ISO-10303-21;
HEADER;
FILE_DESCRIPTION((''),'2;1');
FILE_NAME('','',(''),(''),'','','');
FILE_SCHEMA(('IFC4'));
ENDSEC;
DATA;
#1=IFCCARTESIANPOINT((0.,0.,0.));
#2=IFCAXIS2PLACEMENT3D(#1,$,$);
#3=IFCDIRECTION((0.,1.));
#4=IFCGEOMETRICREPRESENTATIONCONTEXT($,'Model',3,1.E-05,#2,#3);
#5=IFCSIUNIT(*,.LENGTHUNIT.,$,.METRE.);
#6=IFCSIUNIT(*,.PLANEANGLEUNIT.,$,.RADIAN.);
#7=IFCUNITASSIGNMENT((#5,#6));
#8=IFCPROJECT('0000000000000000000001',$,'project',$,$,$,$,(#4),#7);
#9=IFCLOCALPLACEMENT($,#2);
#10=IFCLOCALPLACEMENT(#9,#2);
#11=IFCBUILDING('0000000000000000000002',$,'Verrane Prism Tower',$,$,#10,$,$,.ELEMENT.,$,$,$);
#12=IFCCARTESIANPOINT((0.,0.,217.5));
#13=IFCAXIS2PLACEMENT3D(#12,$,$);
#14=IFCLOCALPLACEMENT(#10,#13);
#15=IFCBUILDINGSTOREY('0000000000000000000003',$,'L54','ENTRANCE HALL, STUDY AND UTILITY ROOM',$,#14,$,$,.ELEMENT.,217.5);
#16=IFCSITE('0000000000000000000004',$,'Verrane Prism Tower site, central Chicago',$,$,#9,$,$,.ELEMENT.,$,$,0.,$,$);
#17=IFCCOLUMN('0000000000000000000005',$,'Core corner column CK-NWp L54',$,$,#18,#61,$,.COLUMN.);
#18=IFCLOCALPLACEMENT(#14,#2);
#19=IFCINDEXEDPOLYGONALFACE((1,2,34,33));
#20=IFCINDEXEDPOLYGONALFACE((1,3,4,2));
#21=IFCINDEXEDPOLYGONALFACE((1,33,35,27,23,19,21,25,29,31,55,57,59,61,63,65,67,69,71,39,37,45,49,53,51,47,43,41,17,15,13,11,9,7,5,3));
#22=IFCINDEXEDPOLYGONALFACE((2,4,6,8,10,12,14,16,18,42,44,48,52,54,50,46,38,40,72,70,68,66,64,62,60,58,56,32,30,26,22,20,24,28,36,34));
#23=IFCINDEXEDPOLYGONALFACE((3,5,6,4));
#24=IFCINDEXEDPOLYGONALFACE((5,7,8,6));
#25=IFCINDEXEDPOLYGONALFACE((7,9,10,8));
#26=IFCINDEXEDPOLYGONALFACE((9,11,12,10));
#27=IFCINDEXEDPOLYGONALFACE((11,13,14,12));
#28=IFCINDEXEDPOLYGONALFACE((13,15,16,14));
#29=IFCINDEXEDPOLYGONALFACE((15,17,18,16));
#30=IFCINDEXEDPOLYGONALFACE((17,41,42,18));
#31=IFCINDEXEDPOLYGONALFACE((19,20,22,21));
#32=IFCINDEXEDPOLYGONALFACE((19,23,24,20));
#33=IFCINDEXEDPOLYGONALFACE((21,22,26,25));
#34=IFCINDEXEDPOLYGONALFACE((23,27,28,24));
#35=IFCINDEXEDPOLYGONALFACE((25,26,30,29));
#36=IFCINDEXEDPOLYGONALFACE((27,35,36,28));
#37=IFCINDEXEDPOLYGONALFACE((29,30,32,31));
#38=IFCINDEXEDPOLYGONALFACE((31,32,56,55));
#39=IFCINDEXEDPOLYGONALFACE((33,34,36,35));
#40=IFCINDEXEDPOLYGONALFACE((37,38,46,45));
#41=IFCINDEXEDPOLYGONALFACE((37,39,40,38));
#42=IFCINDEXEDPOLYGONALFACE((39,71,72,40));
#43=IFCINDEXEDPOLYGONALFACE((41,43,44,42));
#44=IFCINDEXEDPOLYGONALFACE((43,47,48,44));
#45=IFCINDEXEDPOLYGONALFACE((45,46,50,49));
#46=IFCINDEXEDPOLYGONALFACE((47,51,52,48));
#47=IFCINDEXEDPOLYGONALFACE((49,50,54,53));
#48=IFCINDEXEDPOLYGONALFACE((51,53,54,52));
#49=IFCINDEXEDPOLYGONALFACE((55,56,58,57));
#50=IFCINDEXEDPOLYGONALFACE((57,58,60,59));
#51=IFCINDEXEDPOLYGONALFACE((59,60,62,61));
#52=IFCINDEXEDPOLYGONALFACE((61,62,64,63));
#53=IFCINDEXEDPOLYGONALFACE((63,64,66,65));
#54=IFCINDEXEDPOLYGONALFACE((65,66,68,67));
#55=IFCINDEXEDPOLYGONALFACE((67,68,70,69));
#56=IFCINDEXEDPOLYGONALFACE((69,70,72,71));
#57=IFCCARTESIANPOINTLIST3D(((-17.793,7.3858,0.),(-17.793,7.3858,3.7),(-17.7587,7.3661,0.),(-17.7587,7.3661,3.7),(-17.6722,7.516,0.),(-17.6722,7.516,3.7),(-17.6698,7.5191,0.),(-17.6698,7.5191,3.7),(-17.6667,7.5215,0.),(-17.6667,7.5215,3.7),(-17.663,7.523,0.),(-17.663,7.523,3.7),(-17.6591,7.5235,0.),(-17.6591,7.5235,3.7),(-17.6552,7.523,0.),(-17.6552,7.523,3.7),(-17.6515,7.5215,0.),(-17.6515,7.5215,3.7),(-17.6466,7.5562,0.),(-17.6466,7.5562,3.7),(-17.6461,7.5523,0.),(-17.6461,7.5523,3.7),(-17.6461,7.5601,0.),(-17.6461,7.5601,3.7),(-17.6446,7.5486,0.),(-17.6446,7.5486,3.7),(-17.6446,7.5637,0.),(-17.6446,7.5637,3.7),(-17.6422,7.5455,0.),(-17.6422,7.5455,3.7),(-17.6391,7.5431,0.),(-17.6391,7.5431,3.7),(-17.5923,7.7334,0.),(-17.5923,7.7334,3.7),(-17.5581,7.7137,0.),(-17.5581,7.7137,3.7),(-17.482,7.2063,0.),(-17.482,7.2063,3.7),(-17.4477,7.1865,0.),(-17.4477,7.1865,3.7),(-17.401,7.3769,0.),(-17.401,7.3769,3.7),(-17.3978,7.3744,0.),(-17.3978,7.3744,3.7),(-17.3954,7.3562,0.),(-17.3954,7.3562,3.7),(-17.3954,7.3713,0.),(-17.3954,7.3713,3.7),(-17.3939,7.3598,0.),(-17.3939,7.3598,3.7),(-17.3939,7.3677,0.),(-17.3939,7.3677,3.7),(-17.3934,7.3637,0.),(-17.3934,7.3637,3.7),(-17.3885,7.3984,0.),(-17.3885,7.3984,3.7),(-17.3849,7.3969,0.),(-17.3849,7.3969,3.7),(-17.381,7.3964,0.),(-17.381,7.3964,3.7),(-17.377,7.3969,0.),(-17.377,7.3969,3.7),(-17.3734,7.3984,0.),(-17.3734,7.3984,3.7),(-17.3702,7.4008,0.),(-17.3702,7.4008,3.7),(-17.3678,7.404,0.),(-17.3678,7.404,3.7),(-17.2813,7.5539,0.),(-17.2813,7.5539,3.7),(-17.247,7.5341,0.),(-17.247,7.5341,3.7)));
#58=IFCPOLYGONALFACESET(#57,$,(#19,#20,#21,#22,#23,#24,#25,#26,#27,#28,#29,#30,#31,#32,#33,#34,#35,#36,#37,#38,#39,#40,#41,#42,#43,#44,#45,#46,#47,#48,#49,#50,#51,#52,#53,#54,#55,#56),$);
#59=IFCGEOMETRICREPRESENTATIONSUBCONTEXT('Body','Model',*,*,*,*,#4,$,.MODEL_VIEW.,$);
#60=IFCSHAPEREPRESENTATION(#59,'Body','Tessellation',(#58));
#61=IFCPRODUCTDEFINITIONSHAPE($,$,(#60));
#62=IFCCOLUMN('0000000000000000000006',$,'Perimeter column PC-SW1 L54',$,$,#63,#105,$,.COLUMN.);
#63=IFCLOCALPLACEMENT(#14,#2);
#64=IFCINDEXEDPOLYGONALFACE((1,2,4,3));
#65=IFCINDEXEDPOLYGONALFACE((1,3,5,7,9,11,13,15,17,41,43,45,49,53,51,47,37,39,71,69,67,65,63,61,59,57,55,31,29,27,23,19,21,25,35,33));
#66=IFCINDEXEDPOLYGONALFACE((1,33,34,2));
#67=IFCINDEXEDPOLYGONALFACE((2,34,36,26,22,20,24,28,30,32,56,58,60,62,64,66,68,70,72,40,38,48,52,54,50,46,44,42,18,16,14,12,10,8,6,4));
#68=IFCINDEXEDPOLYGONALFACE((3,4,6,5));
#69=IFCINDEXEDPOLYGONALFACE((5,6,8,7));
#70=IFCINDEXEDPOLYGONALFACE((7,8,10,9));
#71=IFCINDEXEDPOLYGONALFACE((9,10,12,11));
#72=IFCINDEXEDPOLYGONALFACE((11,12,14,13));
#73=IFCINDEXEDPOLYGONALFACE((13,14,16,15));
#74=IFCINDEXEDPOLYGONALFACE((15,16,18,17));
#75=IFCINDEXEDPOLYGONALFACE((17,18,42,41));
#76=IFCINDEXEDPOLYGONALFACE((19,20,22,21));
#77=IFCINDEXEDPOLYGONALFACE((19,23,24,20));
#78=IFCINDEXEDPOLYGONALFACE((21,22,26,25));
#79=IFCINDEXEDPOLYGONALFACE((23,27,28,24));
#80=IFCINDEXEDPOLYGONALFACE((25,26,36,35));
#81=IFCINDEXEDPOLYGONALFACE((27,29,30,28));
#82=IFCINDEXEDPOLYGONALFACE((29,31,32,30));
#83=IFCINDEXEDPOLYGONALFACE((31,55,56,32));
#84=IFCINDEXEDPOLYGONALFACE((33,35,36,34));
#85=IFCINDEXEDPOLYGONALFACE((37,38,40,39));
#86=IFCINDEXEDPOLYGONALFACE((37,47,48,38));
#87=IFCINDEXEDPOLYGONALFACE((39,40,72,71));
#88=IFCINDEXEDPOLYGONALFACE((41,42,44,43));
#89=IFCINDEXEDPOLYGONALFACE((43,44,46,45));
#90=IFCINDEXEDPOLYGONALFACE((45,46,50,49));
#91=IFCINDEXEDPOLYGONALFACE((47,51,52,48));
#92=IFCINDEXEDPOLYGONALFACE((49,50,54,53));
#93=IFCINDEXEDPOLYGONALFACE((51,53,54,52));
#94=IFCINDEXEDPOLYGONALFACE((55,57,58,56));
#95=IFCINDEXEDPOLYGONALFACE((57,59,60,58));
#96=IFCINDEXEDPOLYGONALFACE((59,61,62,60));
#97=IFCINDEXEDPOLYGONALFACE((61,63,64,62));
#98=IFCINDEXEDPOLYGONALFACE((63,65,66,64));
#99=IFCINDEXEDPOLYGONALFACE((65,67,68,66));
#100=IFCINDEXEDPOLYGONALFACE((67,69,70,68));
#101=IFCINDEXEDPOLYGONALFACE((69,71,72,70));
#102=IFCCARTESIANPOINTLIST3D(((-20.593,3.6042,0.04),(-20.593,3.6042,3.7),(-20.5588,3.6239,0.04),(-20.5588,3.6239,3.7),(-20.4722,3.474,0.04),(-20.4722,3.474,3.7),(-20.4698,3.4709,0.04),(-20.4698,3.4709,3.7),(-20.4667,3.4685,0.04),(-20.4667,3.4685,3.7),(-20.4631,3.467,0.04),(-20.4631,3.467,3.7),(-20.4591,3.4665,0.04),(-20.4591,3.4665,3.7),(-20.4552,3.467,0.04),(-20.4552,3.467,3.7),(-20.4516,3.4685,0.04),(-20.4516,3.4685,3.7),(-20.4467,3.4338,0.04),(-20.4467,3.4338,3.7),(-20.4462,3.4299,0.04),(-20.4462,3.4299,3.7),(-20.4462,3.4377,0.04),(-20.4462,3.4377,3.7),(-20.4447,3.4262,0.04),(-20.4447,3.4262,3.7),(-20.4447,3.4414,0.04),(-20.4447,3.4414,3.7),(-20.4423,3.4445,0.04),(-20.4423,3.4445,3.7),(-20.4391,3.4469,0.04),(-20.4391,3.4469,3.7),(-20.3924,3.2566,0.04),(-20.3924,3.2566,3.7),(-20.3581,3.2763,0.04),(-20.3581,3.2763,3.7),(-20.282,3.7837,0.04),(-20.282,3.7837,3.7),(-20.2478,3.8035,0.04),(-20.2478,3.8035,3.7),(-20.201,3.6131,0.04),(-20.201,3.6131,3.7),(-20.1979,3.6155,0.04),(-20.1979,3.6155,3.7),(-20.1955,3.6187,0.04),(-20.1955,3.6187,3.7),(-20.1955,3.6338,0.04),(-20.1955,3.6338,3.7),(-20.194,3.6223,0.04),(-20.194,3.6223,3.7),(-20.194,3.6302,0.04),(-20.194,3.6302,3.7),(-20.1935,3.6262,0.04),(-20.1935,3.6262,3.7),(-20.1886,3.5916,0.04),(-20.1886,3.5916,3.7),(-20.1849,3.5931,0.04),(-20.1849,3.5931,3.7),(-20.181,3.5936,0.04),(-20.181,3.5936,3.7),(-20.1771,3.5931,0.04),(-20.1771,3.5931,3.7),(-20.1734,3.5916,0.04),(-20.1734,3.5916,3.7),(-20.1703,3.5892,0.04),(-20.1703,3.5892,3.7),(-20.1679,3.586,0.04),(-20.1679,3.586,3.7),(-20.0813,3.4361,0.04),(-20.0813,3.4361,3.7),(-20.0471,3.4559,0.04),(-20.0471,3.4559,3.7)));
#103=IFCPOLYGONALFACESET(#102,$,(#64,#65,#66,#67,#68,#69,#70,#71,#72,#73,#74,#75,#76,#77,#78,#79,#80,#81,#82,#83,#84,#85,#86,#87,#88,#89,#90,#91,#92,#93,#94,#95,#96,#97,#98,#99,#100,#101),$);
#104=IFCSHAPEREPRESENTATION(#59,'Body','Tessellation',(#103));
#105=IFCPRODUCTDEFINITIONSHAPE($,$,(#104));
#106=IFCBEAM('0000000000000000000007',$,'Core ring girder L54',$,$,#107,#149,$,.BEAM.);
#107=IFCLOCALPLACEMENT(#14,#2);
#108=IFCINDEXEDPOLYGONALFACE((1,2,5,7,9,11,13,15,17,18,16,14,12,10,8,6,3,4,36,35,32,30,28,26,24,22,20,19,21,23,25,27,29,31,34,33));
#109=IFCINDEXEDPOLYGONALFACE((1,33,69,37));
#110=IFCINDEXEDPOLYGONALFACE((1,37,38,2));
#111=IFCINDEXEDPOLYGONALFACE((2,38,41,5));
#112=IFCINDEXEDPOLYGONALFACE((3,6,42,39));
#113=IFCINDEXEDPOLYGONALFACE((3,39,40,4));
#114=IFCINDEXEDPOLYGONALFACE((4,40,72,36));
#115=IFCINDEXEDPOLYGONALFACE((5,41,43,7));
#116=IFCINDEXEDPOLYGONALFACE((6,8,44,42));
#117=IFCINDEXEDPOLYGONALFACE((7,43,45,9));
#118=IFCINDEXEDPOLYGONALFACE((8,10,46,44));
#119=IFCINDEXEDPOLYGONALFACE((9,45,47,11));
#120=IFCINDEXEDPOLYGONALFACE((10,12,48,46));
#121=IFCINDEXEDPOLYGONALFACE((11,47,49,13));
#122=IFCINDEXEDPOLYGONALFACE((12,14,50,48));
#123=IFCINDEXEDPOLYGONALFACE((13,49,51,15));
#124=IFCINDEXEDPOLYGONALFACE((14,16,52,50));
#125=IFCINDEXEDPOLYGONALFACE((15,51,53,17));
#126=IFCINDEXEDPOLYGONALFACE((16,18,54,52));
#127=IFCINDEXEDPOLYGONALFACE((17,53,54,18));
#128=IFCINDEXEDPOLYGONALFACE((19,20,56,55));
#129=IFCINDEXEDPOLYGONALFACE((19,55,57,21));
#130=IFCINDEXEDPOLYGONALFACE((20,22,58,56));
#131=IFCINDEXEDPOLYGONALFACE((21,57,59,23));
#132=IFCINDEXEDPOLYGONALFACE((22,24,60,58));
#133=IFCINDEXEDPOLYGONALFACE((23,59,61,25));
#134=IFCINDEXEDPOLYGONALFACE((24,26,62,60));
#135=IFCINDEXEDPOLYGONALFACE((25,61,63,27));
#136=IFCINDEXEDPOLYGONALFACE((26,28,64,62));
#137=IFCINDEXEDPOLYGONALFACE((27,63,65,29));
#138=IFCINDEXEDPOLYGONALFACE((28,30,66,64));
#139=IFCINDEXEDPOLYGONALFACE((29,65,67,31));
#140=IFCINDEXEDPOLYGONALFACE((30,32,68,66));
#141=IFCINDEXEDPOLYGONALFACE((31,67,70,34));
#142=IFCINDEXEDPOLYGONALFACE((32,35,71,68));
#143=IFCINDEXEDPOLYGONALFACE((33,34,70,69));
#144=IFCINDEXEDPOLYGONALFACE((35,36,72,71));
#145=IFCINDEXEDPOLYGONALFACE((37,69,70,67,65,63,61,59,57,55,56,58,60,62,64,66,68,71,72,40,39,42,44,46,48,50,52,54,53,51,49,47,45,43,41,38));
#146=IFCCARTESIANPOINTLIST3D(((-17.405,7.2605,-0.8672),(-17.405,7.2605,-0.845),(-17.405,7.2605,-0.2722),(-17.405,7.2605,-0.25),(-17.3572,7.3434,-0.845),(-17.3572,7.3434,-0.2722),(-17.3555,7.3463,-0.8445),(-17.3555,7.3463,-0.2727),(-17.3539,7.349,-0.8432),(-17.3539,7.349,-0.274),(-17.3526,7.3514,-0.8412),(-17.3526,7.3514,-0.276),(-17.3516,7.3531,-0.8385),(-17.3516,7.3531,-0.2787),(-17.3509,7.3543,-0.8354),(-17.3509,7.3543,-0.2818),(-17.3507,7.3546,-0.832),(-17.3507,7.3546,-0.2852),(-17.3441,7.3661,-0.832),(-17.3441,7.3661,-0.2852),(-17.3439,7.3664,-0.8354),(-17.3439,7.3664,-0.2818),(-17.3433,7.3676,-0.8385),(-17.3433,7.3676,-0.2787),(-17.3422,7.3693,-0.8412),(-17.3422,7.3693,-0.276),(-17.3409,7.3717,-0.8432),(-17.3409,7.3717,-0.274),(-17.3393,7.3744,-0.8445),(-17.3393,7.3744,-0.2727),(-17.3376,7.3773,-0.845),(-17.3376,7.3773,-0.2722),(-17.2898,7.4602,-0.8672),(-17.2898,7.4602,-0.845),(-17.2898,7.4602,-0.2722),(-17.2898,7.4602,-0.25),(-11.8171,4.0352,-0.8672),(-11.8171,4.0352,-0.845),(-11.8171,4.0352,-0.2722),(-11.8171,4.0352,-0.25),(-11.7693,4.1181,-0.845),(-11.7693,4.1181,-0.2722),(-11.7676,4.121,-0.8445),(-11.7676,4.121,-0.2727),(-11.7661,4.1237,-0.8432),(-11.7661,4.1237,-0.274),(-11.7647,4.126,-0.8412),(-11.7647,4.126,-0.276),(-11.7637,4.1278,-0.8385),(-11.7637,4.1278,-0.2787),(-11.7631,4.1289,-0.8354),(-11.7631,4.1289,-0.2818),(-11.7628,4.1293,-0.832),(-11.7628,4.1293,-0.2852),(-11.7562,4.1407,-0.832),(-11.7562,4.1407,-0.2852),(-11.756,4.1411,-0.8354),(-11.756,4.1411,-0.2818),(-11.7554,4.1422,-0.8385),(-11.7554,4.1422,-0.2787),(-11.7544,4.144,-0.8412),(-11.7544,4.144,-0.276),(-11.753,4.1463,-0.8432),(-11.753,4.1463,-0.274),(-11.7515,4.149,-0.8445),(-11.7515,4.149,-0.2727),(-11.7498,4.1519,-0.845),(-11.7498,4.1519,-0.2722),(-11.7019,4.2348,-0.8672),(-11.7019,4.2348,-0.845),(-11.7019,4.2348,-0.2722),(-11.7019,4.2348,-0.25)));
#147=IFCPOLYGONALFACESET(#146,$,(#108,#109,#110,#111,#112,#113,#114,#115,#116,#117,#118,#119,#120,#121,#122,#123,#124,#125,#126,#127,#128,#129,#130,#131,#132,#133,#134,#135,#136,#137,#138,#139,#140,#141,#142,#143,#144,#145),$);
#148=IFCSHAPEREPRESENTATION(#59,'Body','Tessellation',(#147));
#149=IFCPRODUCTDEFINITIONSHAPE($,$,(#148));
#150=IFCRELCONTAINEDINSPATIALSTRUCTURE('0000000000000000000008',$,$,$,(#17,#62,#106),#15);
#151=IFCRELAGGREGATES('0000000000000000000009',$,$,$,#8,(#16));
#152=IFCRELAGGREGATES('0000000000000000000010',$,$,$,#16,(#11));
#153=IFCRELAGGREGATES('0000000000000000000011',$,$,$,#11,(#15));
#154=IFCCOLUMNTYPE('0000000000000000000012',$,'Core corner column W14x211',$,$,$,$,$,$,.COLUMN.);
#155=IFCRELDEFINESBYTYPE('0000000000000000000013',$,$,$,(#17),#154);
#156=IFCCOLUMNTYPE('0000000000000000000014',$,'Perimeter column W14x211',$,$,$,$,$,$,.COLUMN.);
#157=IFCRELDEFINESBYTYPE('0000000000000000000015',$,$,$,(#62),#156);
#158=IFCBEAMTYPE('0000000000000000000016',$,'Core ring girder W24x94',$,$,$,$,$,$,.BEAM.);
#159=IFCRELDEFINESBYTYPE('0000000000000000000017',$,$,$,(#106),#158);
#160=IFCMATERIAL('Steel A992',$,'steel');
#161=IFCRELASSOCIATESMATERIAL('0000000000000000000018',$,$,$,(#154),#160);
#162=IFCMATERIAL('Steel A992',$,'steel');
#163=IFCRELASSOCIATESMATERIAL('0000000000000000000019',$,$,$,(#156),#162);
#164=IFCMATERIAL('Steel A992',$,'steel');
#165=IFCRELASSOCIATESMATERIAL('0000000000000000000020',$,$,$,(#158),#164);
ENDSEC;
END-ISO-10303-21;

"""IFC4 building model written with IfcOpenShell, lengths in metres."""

from ifc_helpers import new_model, si_unit, direction, frame, origin, origin_2d, place, context, subcontext, project, spatial, i_section, extrude, material, material_profile, profile_set, type_object, element, save


model = new_model("IFC4")

# Units and contexts
model_context = context("Model", 3, precision=1e-05, world=origin(), true_north=direction((0.0, 1.0)))
body_context = subcontext(model_context, "Body", "Model", "MODEL_VIEW")
ifc_project = project(units=[si_unit("LENGTHUNIT", "METRE"), si_unit("PLANEANGLEUNIT", "RADIAN")], contexts=[model_context])

# Site, building, storey
site_placement = place(None, origin())
site = spatial("IfcSite", under=ifc_project, at=site_placement, Name="Verrane Prism Tower site, central Chicago", CompositionType="ELEMENT", RefElevation=0.0)
building_placement = place(site_placement, origin())
building = spatial("IfcBuilding", under=site, at=building_placement, Name="Verrane Prism Tower", CompositionType="ELEMENT")
storey_placement = place(building_placement, frame((0.0, 0.0, 217.5)))
storey = spatial("IfcBuildingStorey", under=building, at=storey_placement, Name="L54", Description="ENTRANCE HALL, STUDY AND UTILITY ROOM", CompositionType="ELEMENT", Elevation=217.5)

# Columns
ifc_material_1 = material(Name="Steel A992", Category="steel")
ifc_material_profile_1 = material_profile(ifc_material_1, i_section(OverallWidth=0.4014, OverallDepth=0.3987, WebThickness=0.0249, FlangeThickness=0.0396, FilletRadius=0.0151, at=origin_2d()), Name="W14x211")
ifc_profile_set_1 = profile_set([ifc_material_profile_1], Name="Steel A992")
column_type_1 = type_object("IfcColumnType", Name="Core corner column W14x211", PredefinedType="COLUMN", material=ifc_profile_set_1)
column_1_placement = place(storey_placement, frame((-17.52, 7.46, 0.0), z_axis=(0.0, 0.0, 1.0), x_axis=(0.5, 0.866025, 0.0)))
element("IfcColumn", 1, at=column_1_placement, inside=storey, type_object=column_type_1, Name="Core corner column CK-NWp L54", PredefinedType="COLUMN", context=body_context, shape_type="SweptSolid", body=[
    extrude(i_section(OverallWidth=0.4014, OverallDepth=0.3987, WebThickness=0.0249, FlangeThickness=0.0396, FilletRadius=0.0151, at=origin_2d()), origin(), (0.0, 0.0, 1.0), 3.7),
])
ifc_material_2 = material(Name="Steel A992", Category="steel")
ifc_material_profile_2 = material_profile(ifc_material_2, i_section(OverallWidth=0.4014, OverallDepth=0.3987, WebThickness=0.0249, FlangeThickness=0.0396, FilletRadius=0.0151, at=origin_2d()), Name="W14x211")
ifc_profile_set_2 = profile_set([ifc_material_profile_2], Name="Steel A992")
column_type_2 = type_object("IfcColumnType", Name="Perimeter column W14x211", PredefinedType="COLUMN", material=ifc_profile_set_2)
column_2_placement = place(storey_placement, frame((-20.3201, 3.53, 0.04), z_axis=(0.0, 0.0, 1.0), x_axis=(-0.5, 0.866025, 0.0)))
element("IfcColumn", 2, at=column_2_placement, inside=storey, type_object=column_type_2, Name="Perimeter column PC-SW1 L54", PredefinedType="COLUMN", context=body_context, shape_type="SweptSolid", body=[
    extrude(i_section(OverallWidth=0.4014, OverallDepth=0.3987, WebThickness=0.0249, FlangeThickness=0.0396, FilletRadius=0.0151, at=origin_2d()), origin(), (0.0, 0.0, 1.0), 3.6599),
])

# Beam
ifc_material_3 = material(Name="Steel A992", Category="steel")
ifc_material_profile_3 = material_profile(ifc_material_3, i_section(OverallWidth=0.2305, OverallDepth=0.6172, WebThickness=0.0132, FlangeThickness=0.0222, FilletRadius=0.0129, at=origin_2d()), Name="W24x94")
ifc_profile_set_3 = profile_set([ifc_material_profile_3], Name="Steel A992")
beam_type_1 = type_object("IfcBeamType", Name="Core ring girder W24x94", PredefinedType="BEAM", material=ifc_profile_set_3)
beam_1_placement = place(storey_placement, frame((-17.3474, 7.3604, -0.5586), z_axis=(0.866081, -0.499904, 0.0), x_axis=(0.499904, 0.866081, 0.0)))
element("IfcBeam", 3, at=beam_1_placement, inside=storey, type_object=beam_type_1, Name="Core ring girder L54", PredefinedType="BEAM", context=body_context, shape_type="SweptSolid", body=[
    extrude(i_section(OverallWidth=0.2305, OverallDepth=0.6172, WebThickness=0.0132, FlangeThickness=0.0222, FilletRadius=0.0129, at=origin_2d()), origin(), (0.0, 0.0, 1.0), 6.4519),
])

save(model, "model.ifc")
